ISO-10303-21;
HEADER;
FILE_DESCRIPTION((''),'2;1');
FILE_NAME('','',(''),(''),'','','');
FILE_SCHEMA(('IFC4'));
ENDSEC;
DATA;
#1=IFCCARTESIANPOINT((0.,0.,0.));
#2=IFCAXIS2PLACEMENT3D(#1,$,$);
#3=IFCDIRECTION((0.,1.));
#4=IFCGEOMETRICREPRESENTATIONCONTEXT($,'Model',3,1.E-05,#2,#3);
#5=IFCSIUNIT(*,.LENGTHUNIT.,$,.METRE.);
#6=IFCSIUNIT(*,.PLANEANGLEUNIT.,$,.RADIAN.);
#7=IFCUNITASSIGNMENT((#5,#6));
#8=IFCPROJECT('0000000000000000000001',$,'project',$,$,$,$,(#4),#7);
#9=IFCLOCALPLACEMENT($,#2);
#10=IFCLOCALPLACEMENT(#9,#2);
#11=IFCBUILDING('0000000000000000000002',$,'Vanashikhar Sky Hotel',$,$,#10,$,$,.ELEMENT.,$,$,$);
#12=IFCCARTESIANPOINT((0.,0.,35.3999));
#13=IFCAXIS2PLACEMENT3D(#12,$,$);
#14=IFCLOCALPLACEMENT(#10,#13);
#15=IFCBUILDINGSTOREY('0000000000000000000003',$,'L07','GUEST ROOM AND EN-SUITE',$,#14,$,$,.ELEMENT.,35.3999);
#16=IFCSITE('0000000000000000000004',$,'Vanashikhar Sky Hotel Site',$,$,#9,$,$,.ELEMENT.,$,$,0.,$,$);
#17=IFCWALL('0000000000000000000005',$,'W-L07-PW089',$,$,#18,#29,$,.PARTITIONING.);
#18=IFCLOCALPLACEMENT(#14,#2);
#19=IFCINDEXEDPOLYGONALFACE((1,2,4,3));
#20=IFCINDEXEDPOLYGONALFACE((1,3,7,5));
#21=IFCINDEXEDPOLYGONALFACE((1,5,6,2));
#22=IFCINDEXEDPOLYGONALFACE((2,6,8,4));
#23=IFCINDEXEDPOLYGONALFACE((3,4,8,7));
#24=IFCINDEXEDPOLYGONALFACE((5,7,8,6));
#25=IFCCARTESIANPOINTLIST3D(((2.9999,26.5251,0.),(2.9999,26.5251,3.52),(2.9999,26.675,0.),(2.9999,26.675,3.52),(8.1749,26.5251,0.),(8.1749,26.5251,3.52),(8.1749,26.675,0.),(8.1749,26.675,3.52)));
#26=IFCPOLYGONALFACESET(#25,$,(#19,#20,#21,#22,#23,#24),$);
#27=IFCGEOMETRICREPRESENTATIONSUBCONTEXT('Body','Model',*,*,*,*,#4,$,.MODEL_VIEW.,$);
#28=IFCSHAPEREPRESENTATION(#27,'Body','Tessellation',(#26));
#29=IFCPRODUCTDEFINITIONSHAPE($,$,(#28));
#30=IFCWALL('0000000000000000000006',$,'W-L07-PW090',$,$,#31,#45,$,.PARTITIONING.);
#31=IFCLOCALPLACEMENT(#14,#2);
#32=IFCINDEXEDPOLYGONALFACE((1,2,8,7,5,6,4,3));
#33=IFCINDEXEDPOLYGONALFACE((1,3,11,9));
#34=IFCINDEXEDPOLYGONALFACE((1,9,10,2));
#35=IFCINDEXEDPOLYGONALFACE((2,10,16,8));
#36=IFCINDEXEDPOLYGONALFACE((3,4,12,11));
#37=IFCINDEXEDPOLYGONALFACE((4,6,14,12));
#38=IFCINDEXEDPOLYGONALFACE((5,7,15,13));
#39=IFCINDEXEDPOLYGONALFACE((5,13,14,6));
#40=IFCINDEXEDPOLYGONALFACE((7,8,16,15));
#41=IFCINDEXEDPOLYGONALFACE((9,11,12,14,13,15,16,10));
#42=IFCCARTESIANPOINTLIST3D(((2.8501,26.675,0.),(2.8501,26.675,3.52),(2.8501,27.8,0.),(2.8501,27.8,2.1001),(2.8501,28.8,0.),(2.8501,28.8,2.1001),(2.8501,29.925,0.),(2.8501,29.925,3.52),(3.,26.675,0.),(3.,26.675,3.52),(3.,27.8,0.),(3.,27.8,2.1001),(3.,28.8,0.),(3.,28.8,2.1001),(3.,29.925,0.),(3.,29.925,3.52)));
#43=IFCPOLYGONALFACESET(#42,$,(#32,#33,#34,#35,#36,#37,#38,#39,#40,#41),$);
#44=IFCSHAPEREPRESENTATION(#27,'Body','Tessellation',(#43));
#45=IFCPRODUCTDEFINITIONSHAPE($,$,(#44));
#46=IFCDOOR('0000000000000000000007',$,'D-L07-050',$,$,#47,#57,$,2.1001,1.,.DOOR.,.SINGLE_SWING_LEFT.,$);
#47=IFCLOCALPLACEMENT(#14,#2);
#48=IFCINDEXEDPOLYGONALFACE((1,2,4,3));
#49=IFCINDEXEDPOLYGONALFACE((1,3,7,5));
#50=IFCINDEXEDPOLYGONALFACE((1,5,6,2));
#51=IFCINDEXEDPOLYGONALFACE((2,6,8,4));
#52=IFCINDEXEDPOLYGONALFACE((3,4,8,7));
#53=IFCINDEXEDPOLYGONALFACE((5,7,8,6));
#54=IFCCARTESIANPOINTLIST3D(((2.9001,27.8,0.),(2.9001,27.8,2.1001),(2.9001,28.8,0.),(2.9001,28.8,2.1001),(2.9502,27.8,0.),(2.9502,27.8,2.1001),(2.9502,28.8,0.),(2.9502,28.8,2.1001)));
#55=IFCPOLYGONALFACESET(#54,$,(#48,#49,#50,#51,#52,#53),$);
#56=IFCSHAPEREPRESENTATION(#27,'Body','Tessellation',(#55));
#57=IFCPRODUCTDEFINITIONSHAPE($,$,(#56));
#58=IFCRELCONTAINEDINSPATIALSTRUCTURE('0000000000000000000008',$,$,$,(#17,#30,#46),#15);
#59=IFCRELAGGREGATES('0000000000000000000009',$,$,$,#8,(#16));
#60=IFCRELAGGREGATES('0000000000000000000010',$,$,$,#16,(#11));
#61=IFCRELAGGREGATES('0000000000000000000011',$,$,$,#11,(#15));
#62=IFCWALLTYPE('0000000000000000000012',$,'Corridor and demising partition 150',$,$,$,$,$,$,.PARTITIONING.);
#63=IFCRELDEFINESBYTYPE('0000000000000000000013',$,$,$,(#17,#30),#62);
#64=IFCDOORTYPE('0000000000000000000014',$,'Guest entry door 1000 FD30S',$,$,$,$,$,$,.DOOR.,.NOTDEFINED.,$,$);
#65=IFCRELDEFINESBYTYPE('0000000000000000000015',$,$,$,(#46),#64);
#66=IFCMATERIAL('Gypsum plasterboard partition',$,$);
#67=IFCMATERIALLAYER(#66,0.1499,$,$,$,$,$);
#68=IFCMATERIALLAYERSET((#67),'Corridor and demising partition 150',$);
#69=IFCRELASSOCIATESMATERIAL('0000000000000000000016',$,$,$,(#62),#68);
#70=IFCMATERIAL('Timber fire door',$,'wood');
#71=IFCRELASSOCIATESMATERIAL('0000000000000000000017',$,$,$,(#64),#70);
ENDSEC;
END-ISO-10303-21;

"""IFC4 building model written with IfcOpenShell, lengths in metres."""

from ifc_helpers import new_model, si_unit, direction, frame, frame_2d, origin, place, context, subcontext, project, spatial, rectangle, extrude, source, transform, mapped, material, layer, layer_set, type_object, element, fill, save


model = new_model("IFC4")

# Units and contexts
model_context = context("Model", 3, precision=1e-05, world=origin(), true_north=direction((0.0, 1.0)))
body_context = subcontext(model_context, "Body", "Model", "MODEL_VIEW")
ifc_project = project(units=[si_unit("LENGTHUNIT", "METRE"), si_unit("PLANEANGLEUNIT", "RADIAN")], contexts=[model_context])

# Site, building, storey
site_placement = place(None, origin())
site = spatial("IfcSite", under=ifc_project, at=site_placement, Name="Vanashikhar Sky Hotel Site", CompositionType="ELEMENT", RefElevation=0.0)
building_placement = place(site_placement, origin())
building = spatial("IfcBuilding", under=site, at=building_placement, Name="Vanashikhar Sky Hotel", CompositionType="ELEMENT")
storey_placement = place(building_placement, frame((0.0, 0.0, 35.3999)))
storey = spatial("IfcBuildingStorey", under=building, at=storey_placement, Name="L07", Description="GUEST ROOM AND EN-SUITE", CompositionType="ELEMENT", Elevation=35.3999)

# Shared definitions
ifc_material_1 = material(Name="Gypsum plasterboard partition")
ifc_layer_1 = layer(ifc_material_1, 0.1499)
ifc_layer_set_1 = layer_set([ifc_layer_1], Name="Corridor and demising partition 150")
wall_type_1 = type_object("IfcWallType", Name="Corridor and demising partition 150", PredefinedType="PARTITIONING", material=ifc_layer_set_1)
shared_shape_1 = source(origin(), body_context, "Body", "SweptSolid", [
    extrude(rectangle(XDim=1.0, YDim=2.1001, at=frame_2d((0.5, 1.05))), frame((0.0, 0.085, 0.0), z_axis=(0.0, -1.0, 0.0), x_axis=(1.0, 0.0, 0.0)), (0.0, 0.0, 1.0), 0.1699),
])
ifc_material_2 = material(Name="Timber fire door", Category="wood")
door_type = type_object("IfcDoorType", Name="Guest entry door 1000 FD30S", OperationType="NOTDEFINED", PredefinedType="DOOR", material=ifc_material_2)
shared_shape_2 = source(origin(), body_context, "Body", "SweptSolid", [
    extrude(rectangle(XDim=1.0, YDim=2.1001, at=frame_2d((0.5, 1.05))), frame((0.0, 0.0249, 0.0), z_axis=(0.0, -1.0, 0.0), x_axis=(1.0, 0.0, 0.0)), (0.0, 0.0, 1.0), 0.05),
])

# Wall
shared_shape_3 = source(origin(), body_context, "Body", "SweptSolid", [
    extrude(rectangle(XDim=5.175, YDim=0.1499, at=frame_2d((2.5874, 0.0))), origin(), (0.0, 0.0, 1.0), 3.52),
])
wall_1_placement = place(storey_placement, frame((3.0, 26.6001, 0.0), z_axis=(0.0, 0.0, 1.0), x_axis=(1.0, 0.0, 0.0)))
element("IfcWall", 1, at=wall_1_placement, inside=storey, type_object=wall_type_1, Name="W-L07-PW089", PredefinedType="PARTITIONING", context=body_context, shape_type="MappedRepresentation", body=[
    mapped(shared_shape_3, transform((0.0, 0.0, 0.0), scale=1.0)),
])

# Wall, opening, door
shared_shape_4 = source(origin(), body_context, "Body", "SweptSolid", [
    extrude(rectangle(XDim=3.25, YDim=0.1499, at=frame_2d((1.625, 0.0))), origin(), (0.0, 0.0, 1.0), 3.52),
])
wall_2_placement = place(storey_placement, frame((2.925, 26.675, 0.0), z_axis=(0.0, 0.0, 1.0), x_axis=(0.0, 1.0, 0.0)))
wall_2 = element("IfcWall", 2, at=wall_2_placement, inside=storey, type_object=wall_type_1, Name="W-L07-PW090", PredefinedType="PARTITIONING", context=body_context, shape_type="MappedRepresentation", body=[
    mapped(shared_shape_4, transform((0.0, 0.0, 0.0), scale=1.0)),
])
opening_1_placement = place(wall_2_placement, frame((1.125, 0.0, 0.0)))
opening_1 = element("IfcOpeningElement", 3, at=opening_1_placement, cuts=wall_2, PredefinedType="OPENING", context=body_context, shape_type="MappedRepresentation", body=[
    mapped(shared_shape_1, transform((0.0, 0.0, 0.0), scale=1.0)),
])
door_1_placement = place(opening_1_placement, origin())
door_1 = element("IfcDoor", 4, at=door_1_placement, inside=storey, type_object=door_type, Name="D-L07-050", OperationType="SINGLE_SWING_LEFT", OverallHeight=2.1001, OverallWidth=1.0, PredefinedType="DOOR", context=body_context, shape_type="MappedRepresentation", body=[
    mapped(shared_shape_2, transform((0.0, 0.0, 0.0), scale=1.0)),
])
fill(opening_1, door_1)

save(model, "model.ifc")
